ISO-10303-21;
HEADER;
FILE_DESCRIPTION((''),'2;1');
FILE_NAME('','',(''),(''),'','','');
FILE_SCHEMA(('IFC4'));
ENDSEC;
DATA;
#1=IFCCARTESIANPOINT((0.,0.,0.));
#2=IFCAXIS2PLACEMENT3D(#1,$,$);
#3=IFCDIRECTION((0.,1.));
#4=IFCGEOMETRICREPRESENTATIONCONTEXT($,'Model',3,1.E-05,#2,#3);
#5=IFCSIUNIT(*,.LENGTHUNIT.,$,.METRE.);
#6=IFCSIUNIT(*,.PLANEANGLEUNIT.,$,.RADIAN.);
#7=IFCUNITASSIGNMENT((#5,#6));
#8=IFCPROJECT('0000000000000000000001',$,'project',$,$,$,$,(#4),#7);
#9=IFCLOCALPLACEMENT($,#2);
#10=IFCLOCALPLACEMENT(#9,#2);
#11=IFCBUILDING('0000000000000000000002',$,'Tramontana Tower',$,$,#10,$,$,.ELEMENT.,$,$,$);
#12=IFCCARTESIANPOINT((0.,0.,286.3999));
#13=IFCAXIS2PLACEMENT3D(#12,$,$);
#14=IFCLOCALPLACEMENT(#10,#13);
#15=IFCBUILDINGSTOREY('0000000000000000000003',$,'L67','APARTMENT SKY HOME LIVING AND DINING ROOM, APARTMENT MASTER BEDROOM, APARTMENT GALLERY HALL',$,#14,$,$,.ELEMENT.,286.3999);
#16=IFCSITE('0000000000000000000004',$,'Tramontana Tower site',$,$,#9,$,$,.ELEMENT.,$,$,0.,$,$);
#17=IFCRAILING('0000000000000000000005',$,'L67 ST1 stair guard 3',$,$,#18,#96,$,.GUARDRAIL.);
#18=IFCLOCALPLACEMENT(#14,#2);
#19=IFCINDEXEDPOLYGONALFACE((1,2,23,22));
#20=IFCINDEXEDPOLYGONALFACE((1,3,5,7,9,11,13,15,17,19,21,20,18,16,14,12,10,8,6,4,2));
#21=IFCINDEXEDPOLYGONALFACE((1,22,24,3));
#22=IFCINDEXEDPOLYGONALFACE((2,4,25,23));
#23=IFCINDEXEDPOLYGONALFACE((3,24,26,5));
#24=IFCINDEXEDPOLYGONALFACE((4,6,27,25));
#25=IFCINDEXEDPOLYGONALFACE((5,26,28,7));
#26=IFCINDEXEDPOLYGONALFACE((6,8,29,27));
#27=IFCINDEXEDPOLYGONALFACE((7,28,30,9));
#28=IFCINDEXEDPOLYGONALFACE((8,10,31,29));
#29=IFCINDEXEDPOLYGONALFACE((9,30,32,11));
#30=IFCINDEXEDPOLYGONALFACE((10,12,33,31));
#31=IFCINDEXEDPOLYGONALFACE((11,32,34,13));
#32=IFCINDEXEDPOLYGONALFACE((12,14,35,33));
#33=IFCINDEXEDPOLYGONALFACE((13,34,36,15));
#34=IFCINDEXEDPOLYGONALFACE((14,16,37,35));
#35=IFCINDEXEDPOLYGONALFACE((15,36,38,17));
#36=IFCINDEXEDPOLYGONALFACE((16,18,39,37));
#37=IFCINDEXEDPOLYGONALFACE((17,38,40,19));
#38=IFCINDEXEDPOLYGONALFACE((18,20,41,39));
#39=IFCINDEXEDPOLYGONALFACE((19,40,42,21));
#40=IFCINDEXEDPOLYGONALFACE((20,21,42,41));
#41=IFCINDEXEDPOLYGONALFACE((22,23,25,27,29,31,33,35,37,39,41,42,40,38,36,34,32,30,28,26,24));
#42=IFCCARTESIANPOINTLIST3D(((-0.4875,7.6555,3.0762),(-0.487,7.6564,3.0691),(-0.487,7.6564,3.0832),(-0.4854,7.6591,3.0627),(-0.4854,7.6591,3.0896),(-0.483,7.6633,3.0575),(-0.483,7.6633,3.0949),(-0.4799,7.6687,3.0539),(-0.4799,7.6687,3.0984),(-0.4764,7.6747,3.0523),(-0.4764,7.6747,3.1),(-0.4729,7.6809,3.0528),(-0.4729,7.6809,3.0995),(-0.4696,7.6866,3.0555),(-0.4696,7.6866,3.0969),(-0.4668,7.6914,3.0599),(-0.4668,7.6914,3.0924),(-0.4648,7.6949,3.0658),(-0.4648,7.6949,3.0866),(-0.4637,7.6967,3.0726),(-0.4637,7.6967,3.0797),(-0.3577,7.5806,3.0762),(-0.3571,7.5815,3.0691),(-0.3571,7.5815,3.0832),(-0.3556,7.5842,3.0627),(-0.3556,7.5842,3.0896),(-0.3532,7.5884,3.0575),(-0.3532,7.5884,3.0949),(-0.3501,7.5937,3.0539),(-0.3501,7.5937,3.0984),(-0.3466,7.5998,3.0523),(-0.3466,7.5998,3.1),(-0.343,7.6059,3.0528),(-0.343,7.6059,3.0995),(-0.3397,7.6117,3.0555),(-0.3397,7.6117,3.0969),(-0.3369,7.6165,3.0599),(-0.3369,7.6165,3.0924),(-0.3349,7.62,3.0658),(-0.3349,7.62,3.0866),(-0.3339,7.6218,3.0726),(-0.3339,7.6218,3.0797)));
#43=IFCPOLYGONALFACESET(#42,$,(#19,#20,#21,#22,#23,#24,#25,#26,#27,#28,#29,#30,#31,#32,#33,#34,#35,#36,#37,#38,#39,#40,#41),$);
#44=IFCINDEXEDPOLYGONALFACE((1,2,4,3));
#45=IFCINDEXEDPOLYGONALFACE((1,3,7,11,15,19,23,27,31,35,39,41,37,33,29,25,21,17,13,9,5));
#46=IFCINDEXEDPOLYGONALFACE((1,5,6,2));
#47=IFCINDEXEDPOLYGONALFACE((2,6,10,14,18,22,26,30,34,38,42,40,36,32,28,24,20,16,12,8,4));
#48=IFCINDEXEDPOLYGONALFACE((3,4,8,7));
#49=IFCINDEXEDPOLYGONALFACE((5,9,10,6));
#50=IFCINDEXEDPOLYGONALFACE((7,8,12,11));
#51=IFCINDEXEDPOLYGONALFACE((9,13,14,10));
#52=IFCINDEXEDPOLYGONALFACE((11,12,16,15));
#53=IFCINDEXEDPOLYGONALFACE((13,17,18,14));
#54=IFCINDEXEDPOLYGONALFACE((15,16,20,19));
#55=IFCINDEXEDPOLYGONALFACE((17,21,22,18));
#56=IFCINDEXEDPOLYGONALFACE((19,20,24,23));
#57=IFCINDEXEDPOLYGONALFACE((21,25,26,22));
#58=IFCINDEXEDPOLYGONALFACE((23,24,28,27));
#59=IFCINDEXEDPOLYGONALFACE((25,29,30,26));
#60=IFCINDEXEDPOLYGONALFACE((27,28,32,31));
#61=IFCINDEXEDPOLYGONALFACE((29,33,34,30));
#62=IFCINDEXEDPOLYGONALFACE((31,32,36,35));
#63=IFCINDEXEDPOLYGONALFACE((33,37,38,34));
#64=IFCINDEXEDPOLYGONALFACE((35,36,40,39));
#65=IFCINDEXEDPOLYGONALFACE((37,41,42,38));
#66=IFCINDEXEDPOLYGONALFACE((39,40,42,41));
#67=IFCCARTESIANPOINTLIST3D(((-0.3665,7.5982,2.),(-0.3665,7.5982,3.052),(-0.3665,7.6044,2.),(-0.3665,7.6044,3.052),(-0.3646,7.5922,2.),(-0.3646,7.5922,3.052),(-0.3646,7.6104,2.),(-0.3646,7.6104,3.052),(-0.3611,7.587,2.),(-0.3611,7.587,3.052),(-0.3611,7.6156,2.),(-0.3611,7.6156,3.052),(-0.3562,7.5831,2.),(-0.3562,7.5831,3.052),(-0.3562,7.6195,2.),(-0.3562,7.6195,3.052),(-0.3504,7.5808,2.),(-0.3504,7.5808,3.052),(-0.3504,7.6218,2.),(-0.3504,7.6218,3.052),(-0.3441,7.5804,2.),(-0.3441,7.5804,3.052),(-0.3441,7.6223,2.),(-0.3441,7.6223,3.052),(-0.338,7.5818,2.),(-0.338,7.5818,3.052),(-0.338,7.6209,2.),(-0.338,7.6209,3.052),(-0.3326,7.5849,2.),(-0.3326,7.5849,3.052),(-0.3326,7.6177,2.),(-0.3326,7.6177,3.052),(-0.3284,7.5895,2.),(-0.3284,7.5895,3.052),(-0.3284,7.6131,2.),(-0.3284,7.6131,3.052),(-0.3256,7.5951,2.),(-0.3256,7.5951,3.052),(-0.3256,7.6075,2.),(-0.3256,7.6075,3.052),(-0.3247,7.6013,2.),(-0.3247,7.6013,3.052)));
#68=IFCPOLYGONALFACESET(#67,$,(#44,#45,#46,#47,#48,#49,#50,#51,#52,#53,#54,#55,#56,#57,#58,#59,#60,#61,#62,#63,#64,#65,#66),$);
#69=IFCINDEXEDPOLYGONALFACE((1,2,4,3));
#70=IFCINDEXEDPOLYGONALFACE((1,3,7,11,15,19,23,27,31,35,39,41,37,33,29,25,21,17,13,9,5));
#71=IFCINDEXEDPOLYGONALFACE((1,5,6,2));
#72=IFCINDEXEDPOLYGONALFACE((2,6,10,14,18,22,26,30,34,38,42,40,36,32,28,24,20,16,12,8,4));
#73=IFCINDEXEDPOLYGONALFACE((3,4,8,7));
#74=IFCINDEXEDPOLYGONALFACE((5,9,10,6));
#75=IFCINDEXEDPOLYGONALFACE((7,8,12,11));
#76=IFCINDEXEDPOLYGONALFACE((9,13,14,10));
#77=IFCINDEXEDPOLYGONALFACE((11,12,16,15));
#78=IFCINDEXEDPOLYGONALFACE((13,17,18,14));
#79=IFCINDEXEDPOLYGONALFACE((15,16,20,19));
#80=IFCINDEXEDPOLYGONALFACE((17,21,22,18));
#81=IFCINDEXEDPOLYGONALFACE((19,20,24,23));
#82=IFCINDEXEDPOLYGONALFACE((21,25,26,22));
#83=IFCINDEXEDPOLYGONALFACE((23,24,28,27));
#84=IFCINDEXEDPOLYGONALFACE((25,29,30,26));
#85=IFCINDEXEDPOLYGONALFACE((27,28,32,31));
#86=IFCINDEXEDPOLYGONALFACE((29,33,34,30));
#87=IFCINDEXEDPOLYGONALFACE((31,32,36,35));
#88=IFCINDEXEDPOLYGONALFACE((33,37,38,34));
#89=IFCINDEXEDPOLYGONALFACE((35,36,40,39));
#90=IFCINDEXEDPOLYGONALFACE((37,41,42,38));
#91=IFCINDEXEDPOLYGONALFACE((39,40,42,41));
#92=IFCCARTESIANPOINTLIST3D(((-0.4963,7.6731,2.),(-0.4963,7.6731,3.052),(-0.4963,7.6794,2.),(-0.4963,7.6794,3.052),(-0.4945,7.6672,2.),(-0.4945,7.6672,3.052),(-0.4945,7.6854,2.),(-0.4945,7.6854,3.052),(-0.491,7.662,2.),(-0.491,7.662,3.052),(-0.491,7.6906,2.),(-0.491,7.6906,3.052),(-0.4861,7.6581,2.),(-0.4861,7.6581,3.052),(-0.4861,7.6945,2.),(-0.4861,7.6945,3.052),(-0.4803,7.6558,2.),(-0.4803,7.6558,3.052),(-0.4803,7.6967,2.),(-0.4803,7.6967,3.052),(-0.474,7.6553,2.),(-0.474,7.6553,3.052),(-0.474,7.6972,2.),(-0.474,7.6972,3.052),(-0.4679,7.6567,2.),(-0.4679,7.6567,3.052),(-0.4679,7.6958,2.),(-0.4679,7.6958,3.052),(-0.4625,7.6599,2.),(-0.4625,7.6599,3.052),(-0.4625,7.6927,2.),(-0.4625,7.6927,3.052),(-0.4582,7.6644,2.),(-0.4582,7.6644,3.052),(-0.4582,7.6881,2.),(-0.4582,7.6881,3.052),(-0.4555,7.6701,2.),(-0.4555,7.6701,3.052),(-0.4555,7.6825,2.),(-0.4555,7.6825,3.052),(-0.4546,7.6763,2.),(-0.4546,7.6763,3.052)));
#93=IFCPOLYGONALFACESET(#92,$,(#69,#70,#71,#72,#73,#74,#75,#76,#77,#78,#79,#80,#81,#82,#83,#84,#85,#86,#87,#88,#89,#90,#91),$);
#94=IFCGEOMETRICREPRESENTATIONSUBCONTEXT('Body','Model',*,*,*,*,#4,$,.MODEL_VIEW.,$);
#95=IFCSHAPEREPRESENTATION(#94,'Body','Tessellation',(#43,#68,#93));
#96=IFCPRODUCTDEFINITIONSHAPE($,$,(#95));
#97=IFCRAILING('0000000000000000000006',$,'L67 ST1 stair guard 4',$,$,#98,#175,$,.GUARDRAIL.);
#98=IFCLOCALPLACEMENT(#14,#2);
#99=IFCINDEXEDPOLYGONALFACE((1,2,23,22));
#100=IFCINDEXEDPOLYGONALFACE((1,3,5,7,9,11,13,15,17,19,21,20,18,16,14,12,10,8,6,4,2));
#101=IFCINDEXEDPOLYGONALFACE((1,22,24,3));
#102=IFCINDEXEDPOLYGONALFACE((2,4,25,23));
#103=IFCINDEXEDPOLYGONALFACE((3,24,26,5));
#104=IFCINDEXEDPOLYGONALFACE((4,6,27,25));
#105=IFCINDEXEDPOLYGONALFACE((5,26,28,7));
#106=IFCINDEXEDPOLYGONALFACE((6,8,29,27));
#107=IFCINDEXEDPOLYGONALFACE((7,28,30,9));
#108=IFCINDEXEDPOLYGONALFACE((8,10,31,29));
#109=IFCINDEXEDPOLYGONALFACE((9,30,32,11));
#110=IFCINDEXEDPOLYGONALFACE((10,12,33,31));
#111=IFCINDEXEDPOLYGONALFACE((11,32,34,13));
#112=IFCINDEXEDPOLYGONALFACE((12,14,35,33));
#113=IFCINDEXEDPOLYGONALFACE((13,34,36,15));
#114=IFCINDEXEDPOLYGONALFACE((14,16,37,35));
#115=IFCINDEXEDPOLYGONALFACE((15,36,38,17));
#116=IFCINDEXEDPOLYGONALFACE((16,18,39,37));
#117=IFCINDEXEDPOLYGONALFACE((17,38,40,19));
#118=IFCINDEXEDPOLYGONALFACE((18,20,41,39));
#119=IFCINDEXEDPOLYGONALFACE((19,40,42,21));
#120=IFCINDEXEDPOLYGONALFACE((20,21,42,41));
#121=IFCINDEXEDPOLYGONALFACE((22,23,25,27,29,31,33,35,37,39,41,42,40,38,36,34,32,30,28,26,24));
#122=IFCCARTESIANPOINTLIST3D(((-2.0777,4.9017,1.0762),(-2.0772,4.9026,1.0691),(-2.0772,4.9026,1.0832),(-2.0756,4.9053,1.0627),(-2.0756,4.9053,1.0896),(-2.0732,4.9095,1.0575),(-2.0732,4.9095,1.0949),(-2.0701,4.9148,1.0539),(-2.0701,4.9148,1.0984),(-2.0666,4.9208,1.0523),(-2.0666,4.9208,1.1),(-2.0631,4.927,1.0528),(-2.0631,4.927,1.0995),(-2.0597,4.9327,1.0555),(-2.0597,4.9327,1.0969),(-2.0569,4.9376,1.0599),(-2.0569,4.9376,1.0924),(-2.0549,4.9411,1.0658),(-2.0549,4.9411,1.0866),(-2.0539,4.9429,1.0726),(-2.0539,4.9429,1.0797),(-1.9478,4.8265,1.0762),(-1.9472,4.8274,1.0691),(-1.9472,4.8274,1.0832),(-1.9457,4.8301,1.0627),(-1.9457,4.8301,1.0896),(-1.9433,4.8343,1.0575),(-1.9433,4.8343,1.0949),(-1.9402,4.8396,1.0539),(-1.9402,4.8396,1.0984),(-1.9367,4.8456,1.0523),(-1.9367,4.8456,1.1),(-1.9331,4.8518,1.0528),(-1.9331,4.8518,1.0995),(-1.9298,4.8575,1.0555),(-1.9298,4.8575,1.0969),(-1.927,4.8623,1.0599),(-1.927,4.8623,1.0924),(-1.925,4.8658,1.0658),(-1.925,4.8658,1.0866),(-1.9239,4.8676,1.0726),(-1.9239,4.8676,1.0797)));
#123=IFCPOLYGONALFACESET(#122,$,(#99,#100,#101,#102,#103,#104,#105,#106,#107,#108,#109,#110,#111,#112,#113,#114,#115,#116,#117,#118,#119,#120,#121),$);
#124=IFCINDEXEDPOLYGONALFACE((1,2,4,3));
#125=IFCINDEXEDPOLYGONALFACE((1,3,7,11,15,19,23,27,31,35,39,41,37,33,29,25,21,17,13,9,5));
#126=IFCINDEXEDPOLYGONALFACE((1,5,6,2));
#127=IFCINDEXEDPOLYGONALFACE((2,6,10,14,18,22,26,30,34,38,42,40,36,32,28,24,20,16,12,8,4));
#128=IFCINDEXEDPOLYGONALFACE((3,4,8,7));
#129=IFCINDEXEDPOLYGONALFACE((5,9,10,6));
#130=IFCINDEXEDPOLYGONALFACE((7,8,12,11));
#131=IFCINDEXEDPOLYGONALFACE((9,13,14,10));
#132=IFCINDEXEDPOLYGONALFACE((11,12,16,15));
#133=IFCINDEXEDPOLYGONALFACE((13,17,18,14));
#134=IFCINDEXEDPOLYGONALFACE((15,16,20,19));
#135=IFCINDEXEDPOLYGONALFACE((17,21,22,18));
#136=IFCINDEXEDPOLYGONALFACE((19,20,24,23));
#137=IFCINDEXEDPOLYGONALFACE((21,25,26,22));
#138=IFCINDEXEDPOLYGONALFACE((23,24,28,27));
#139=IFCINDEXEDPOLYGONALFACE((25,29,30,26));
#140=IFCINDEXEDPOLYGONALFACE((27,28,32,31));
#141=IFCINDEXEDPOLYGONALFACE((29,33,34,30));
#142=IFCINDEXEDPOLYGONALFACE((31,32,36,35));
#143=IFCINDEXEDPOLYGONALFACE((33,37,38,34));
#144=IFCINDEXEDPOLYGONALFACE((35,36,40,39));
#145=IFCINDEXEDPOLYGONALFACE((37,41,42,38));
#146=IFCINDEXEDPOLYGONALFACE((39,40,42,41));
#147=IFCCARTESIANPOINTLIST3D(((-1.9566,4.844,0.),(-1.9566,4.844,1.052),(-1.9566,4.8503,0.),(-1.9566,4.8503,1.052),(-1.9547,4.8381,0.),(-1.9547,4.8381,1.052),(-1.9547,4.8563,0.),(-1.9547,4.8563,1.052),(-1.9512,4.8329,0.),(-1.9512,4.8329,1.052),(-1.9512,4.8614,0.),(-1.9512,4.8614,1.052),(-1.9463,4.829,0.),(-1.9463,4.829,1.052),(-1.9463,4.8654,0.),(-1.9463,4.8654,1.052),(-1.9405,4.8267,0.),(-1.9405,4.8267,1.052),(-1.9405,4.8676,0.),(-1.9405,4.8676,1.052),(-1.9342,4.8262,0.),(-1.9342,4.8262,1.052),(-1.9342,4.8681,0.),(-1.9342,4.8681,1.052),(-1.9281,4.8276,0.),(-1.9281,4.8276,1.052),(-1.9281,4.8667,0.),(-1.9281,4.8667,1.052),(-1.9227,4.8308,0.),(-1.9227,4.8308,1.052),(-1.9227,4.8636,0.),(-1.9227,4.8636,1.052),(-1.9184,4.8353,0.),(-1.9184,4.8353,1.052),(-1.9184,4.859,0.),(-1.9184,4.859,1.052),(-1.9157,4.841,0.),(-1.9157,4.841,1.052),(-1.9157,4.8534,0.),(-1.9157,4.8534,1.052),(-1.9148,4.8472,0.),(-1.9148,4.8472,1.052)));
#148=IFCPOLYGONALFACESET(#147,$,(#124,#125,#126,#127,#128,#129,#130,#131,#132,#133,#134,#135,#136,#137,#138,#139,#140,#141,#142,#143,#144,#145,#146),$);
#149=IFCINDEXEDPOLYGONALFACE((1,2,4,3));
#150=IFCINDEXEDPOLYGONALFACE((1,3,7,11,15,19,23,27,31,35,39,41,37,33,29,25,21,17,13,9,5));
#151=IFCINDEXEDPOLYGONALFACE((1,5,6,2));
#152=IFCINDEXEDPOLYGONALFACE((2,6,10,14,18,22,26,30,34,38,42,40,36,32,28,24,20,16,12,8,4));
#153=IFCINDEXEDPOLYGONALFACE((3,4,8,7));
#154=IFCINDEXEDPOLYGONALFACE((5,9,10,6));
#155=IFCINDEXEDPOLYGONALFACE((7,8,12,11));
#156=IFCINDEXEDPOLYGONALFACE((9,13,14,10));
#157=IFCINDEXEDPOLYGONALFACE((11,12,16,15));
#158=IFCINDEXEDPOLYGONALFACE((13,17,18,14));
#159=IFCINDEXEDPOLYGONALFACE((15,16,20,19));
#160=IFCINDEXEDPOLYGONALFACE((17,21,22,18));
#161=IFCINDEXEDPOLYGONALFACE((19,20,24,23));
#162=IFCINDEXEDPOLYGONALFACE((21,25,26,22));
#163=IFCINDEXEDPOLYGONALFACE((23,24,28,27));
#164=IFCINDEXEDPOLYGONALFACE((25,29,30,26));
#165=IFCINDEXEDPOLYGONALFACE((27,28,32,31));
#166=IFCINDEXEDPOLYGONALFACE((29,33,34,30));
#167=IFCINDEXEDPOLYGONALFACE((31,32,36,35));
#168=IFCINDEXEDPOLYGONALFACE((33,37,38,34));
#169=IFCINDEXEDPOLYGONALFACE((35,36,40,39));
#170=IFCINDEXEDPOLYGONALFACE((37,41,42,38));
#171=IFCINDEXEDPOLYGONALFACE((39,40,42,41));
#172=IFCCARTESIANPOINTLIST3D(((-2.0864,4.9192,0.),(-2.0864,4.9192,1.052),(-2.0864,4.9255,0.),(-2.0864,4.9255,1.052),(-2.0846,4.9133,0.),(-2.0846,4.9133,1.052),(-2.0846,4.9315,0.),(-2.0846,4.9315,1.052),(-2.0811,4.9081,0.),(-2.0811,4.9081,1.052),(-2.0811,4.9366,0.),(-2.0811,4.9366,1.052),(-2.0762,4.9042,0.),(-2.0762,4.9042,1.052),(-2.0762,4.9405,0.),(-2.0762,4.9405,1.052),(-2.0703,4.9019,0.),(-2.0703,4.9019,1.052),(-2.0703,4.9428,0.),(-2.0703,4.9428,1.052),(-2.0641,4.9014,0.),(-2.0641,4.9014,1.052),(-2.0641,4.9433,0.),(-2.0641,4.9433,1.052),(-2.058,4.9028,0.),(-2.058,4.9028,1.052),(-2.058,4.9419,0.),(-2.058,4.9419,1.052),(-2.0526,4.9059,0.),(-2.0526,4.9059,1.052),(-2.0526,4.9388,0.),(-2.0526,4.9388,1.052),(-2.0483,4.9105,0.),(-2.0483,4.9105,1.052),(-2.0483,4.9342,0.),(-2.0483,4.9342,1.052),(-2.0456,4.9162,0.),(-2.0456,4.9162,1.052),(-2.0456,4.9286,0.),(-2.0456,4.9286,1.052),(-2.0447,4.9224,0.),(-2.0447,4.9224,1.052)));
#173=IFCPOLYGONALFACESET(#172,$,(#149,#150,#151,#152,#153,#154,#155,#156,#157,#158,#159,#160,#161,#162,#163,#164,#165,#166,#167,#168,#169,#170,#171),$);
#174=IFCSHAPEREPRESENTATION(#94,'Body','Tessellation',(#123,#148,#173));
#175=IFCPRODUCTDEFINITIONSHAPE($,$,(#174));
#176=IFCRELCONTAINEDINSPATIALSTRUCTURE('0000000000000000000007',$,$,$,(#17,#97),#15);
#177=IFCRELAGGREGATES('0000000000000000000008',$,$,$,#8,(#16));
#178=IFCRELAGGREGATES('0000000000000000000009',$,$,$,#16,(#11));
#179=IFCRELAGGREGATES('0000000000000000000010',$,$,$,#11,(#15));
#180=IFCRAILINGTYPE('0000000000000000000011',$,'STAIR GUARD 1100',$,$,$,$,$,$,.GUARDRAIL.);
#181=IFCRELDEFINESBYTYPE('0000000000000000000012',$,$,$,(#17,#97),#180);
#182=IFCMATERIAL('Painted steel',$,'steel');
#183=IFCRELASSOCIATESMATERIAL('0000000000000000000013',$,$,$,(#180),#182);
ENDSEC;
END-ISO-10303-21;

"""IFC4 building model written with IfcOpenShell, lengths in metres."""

from ifc_helpers import new_model, si_unit, direction, frame, origin, origin_2d, place, context, subcontext, project, spatial, circle, extrude, material, type_object, element, save


model = new_model("IFC4")

# Units and contexts
model_context = context("Model", 3, precision=1e-05, world=origin(), true_north=direction((0.0, 1.0)))
body_context = subcontext(model_context, "Body", "Model", "MODEL_VIEW")
ifc_project = project(units=[si_unit("LENGTHUNIT", "METRE"), si_unit("PLANEANGLEUNIT", "RADIAN")], contexts=[model_context])

# Site, building, storey
site_placement = place(None, origin())
site = spatial("IfcSite", under=ifc_project, at=site_placement, Name="Tramontana Tower site", CompositionType="ELEMENT", RefElevation=0.0)
building_placement = place(site_placement, origin())
building = spatial("IfcBuilding", under=site, at=building_placement, Name="Tramontana Tower", CompositionType="ELEMENT")
storey_placement = place(building_placement, frame((0.0, 0.0, 286.3999)))
storey = spatial("IfcBuildingStorey", under=building, at=storey_placement, Name="L67", Description="APARTMENT SKY HOME LIVING AND DINING ROOM, APARTMENT MASTER BEDROOM, APARTMENT GALLERY HALL", CompositionType="ELEMENT", Elevation=286.3999)

# Railings
ifc_material_1 = material(Name="Painted steel", Category="steel")
railing_type_1 = type_object("IfcRailingType", Name="STAIR GUARD 1100", PredefinedType="GUARDRAIL", material=ifc_material_1)
railing_1_placement = place(storey_placement, frame((-0.3457, 7.6013, 2.0)))
element("IfcRailing", 1, at=railing_1_placement, inside=storey, type_object=railing_type_1, Name="L67 ST1 stair guard 3", PredefinedType="GUARDRAIL", context=body_context, shape_type="SweptSolid", body=[
    extrude(circle(Radius=0.0239, at=origin_2d()), frame((0.0, 0.0, 1.0762), z_axis=(-0.866131, 0.499816, 0.0), x_axis=(-0.499816, -0.866131, 0.0)), (0.0, 0.0, 1.0), 0.1499),
    extrude(circle(Radius=0.021, at=origin_2d()), origin(), (0.0, 0.0, 1.0), 1.052),
    extrude(circle(Radius=0.021, at=origin_2d()), frame((-0.1299, 0.075, 0.0)), (0.0, 0.0, 1.0), 1.052),
])
railing_2_placement = place(storey_placement, frame((-1.9358, 4.8472, 0.0)))
element("IfcRailing", 2, at=railing_2_placement, inside=storey, type_object=railing_type_1, Name="L67 ST1 stair guard 4", PredefinedType="GUARDRAIL", context=body_context, shape_type="SweptSolid", body=[
    extrude(circle(Radius=0.0239, at=origin_2d()), frame((0.0, 0.0, 1.0762), z_axis=(-0.865426, 0.501036, 0.0), x_axis=(-0.501036, -0.865426, 0.0)), (0.0, 0.0, 1.0), 0.1501),
    extrude(circle(Radius=0.021, at=origin_2d()), origin(), (0.0, 0.0, 1.0), 1.052),
    extrude(circle(Radius=0.021, at=origin_2d()), frame((-0.1299, 0.0752, 0.0)), (0.0, 0.0, 1.0), 1.052),
])

save(model, "model.ifc")
